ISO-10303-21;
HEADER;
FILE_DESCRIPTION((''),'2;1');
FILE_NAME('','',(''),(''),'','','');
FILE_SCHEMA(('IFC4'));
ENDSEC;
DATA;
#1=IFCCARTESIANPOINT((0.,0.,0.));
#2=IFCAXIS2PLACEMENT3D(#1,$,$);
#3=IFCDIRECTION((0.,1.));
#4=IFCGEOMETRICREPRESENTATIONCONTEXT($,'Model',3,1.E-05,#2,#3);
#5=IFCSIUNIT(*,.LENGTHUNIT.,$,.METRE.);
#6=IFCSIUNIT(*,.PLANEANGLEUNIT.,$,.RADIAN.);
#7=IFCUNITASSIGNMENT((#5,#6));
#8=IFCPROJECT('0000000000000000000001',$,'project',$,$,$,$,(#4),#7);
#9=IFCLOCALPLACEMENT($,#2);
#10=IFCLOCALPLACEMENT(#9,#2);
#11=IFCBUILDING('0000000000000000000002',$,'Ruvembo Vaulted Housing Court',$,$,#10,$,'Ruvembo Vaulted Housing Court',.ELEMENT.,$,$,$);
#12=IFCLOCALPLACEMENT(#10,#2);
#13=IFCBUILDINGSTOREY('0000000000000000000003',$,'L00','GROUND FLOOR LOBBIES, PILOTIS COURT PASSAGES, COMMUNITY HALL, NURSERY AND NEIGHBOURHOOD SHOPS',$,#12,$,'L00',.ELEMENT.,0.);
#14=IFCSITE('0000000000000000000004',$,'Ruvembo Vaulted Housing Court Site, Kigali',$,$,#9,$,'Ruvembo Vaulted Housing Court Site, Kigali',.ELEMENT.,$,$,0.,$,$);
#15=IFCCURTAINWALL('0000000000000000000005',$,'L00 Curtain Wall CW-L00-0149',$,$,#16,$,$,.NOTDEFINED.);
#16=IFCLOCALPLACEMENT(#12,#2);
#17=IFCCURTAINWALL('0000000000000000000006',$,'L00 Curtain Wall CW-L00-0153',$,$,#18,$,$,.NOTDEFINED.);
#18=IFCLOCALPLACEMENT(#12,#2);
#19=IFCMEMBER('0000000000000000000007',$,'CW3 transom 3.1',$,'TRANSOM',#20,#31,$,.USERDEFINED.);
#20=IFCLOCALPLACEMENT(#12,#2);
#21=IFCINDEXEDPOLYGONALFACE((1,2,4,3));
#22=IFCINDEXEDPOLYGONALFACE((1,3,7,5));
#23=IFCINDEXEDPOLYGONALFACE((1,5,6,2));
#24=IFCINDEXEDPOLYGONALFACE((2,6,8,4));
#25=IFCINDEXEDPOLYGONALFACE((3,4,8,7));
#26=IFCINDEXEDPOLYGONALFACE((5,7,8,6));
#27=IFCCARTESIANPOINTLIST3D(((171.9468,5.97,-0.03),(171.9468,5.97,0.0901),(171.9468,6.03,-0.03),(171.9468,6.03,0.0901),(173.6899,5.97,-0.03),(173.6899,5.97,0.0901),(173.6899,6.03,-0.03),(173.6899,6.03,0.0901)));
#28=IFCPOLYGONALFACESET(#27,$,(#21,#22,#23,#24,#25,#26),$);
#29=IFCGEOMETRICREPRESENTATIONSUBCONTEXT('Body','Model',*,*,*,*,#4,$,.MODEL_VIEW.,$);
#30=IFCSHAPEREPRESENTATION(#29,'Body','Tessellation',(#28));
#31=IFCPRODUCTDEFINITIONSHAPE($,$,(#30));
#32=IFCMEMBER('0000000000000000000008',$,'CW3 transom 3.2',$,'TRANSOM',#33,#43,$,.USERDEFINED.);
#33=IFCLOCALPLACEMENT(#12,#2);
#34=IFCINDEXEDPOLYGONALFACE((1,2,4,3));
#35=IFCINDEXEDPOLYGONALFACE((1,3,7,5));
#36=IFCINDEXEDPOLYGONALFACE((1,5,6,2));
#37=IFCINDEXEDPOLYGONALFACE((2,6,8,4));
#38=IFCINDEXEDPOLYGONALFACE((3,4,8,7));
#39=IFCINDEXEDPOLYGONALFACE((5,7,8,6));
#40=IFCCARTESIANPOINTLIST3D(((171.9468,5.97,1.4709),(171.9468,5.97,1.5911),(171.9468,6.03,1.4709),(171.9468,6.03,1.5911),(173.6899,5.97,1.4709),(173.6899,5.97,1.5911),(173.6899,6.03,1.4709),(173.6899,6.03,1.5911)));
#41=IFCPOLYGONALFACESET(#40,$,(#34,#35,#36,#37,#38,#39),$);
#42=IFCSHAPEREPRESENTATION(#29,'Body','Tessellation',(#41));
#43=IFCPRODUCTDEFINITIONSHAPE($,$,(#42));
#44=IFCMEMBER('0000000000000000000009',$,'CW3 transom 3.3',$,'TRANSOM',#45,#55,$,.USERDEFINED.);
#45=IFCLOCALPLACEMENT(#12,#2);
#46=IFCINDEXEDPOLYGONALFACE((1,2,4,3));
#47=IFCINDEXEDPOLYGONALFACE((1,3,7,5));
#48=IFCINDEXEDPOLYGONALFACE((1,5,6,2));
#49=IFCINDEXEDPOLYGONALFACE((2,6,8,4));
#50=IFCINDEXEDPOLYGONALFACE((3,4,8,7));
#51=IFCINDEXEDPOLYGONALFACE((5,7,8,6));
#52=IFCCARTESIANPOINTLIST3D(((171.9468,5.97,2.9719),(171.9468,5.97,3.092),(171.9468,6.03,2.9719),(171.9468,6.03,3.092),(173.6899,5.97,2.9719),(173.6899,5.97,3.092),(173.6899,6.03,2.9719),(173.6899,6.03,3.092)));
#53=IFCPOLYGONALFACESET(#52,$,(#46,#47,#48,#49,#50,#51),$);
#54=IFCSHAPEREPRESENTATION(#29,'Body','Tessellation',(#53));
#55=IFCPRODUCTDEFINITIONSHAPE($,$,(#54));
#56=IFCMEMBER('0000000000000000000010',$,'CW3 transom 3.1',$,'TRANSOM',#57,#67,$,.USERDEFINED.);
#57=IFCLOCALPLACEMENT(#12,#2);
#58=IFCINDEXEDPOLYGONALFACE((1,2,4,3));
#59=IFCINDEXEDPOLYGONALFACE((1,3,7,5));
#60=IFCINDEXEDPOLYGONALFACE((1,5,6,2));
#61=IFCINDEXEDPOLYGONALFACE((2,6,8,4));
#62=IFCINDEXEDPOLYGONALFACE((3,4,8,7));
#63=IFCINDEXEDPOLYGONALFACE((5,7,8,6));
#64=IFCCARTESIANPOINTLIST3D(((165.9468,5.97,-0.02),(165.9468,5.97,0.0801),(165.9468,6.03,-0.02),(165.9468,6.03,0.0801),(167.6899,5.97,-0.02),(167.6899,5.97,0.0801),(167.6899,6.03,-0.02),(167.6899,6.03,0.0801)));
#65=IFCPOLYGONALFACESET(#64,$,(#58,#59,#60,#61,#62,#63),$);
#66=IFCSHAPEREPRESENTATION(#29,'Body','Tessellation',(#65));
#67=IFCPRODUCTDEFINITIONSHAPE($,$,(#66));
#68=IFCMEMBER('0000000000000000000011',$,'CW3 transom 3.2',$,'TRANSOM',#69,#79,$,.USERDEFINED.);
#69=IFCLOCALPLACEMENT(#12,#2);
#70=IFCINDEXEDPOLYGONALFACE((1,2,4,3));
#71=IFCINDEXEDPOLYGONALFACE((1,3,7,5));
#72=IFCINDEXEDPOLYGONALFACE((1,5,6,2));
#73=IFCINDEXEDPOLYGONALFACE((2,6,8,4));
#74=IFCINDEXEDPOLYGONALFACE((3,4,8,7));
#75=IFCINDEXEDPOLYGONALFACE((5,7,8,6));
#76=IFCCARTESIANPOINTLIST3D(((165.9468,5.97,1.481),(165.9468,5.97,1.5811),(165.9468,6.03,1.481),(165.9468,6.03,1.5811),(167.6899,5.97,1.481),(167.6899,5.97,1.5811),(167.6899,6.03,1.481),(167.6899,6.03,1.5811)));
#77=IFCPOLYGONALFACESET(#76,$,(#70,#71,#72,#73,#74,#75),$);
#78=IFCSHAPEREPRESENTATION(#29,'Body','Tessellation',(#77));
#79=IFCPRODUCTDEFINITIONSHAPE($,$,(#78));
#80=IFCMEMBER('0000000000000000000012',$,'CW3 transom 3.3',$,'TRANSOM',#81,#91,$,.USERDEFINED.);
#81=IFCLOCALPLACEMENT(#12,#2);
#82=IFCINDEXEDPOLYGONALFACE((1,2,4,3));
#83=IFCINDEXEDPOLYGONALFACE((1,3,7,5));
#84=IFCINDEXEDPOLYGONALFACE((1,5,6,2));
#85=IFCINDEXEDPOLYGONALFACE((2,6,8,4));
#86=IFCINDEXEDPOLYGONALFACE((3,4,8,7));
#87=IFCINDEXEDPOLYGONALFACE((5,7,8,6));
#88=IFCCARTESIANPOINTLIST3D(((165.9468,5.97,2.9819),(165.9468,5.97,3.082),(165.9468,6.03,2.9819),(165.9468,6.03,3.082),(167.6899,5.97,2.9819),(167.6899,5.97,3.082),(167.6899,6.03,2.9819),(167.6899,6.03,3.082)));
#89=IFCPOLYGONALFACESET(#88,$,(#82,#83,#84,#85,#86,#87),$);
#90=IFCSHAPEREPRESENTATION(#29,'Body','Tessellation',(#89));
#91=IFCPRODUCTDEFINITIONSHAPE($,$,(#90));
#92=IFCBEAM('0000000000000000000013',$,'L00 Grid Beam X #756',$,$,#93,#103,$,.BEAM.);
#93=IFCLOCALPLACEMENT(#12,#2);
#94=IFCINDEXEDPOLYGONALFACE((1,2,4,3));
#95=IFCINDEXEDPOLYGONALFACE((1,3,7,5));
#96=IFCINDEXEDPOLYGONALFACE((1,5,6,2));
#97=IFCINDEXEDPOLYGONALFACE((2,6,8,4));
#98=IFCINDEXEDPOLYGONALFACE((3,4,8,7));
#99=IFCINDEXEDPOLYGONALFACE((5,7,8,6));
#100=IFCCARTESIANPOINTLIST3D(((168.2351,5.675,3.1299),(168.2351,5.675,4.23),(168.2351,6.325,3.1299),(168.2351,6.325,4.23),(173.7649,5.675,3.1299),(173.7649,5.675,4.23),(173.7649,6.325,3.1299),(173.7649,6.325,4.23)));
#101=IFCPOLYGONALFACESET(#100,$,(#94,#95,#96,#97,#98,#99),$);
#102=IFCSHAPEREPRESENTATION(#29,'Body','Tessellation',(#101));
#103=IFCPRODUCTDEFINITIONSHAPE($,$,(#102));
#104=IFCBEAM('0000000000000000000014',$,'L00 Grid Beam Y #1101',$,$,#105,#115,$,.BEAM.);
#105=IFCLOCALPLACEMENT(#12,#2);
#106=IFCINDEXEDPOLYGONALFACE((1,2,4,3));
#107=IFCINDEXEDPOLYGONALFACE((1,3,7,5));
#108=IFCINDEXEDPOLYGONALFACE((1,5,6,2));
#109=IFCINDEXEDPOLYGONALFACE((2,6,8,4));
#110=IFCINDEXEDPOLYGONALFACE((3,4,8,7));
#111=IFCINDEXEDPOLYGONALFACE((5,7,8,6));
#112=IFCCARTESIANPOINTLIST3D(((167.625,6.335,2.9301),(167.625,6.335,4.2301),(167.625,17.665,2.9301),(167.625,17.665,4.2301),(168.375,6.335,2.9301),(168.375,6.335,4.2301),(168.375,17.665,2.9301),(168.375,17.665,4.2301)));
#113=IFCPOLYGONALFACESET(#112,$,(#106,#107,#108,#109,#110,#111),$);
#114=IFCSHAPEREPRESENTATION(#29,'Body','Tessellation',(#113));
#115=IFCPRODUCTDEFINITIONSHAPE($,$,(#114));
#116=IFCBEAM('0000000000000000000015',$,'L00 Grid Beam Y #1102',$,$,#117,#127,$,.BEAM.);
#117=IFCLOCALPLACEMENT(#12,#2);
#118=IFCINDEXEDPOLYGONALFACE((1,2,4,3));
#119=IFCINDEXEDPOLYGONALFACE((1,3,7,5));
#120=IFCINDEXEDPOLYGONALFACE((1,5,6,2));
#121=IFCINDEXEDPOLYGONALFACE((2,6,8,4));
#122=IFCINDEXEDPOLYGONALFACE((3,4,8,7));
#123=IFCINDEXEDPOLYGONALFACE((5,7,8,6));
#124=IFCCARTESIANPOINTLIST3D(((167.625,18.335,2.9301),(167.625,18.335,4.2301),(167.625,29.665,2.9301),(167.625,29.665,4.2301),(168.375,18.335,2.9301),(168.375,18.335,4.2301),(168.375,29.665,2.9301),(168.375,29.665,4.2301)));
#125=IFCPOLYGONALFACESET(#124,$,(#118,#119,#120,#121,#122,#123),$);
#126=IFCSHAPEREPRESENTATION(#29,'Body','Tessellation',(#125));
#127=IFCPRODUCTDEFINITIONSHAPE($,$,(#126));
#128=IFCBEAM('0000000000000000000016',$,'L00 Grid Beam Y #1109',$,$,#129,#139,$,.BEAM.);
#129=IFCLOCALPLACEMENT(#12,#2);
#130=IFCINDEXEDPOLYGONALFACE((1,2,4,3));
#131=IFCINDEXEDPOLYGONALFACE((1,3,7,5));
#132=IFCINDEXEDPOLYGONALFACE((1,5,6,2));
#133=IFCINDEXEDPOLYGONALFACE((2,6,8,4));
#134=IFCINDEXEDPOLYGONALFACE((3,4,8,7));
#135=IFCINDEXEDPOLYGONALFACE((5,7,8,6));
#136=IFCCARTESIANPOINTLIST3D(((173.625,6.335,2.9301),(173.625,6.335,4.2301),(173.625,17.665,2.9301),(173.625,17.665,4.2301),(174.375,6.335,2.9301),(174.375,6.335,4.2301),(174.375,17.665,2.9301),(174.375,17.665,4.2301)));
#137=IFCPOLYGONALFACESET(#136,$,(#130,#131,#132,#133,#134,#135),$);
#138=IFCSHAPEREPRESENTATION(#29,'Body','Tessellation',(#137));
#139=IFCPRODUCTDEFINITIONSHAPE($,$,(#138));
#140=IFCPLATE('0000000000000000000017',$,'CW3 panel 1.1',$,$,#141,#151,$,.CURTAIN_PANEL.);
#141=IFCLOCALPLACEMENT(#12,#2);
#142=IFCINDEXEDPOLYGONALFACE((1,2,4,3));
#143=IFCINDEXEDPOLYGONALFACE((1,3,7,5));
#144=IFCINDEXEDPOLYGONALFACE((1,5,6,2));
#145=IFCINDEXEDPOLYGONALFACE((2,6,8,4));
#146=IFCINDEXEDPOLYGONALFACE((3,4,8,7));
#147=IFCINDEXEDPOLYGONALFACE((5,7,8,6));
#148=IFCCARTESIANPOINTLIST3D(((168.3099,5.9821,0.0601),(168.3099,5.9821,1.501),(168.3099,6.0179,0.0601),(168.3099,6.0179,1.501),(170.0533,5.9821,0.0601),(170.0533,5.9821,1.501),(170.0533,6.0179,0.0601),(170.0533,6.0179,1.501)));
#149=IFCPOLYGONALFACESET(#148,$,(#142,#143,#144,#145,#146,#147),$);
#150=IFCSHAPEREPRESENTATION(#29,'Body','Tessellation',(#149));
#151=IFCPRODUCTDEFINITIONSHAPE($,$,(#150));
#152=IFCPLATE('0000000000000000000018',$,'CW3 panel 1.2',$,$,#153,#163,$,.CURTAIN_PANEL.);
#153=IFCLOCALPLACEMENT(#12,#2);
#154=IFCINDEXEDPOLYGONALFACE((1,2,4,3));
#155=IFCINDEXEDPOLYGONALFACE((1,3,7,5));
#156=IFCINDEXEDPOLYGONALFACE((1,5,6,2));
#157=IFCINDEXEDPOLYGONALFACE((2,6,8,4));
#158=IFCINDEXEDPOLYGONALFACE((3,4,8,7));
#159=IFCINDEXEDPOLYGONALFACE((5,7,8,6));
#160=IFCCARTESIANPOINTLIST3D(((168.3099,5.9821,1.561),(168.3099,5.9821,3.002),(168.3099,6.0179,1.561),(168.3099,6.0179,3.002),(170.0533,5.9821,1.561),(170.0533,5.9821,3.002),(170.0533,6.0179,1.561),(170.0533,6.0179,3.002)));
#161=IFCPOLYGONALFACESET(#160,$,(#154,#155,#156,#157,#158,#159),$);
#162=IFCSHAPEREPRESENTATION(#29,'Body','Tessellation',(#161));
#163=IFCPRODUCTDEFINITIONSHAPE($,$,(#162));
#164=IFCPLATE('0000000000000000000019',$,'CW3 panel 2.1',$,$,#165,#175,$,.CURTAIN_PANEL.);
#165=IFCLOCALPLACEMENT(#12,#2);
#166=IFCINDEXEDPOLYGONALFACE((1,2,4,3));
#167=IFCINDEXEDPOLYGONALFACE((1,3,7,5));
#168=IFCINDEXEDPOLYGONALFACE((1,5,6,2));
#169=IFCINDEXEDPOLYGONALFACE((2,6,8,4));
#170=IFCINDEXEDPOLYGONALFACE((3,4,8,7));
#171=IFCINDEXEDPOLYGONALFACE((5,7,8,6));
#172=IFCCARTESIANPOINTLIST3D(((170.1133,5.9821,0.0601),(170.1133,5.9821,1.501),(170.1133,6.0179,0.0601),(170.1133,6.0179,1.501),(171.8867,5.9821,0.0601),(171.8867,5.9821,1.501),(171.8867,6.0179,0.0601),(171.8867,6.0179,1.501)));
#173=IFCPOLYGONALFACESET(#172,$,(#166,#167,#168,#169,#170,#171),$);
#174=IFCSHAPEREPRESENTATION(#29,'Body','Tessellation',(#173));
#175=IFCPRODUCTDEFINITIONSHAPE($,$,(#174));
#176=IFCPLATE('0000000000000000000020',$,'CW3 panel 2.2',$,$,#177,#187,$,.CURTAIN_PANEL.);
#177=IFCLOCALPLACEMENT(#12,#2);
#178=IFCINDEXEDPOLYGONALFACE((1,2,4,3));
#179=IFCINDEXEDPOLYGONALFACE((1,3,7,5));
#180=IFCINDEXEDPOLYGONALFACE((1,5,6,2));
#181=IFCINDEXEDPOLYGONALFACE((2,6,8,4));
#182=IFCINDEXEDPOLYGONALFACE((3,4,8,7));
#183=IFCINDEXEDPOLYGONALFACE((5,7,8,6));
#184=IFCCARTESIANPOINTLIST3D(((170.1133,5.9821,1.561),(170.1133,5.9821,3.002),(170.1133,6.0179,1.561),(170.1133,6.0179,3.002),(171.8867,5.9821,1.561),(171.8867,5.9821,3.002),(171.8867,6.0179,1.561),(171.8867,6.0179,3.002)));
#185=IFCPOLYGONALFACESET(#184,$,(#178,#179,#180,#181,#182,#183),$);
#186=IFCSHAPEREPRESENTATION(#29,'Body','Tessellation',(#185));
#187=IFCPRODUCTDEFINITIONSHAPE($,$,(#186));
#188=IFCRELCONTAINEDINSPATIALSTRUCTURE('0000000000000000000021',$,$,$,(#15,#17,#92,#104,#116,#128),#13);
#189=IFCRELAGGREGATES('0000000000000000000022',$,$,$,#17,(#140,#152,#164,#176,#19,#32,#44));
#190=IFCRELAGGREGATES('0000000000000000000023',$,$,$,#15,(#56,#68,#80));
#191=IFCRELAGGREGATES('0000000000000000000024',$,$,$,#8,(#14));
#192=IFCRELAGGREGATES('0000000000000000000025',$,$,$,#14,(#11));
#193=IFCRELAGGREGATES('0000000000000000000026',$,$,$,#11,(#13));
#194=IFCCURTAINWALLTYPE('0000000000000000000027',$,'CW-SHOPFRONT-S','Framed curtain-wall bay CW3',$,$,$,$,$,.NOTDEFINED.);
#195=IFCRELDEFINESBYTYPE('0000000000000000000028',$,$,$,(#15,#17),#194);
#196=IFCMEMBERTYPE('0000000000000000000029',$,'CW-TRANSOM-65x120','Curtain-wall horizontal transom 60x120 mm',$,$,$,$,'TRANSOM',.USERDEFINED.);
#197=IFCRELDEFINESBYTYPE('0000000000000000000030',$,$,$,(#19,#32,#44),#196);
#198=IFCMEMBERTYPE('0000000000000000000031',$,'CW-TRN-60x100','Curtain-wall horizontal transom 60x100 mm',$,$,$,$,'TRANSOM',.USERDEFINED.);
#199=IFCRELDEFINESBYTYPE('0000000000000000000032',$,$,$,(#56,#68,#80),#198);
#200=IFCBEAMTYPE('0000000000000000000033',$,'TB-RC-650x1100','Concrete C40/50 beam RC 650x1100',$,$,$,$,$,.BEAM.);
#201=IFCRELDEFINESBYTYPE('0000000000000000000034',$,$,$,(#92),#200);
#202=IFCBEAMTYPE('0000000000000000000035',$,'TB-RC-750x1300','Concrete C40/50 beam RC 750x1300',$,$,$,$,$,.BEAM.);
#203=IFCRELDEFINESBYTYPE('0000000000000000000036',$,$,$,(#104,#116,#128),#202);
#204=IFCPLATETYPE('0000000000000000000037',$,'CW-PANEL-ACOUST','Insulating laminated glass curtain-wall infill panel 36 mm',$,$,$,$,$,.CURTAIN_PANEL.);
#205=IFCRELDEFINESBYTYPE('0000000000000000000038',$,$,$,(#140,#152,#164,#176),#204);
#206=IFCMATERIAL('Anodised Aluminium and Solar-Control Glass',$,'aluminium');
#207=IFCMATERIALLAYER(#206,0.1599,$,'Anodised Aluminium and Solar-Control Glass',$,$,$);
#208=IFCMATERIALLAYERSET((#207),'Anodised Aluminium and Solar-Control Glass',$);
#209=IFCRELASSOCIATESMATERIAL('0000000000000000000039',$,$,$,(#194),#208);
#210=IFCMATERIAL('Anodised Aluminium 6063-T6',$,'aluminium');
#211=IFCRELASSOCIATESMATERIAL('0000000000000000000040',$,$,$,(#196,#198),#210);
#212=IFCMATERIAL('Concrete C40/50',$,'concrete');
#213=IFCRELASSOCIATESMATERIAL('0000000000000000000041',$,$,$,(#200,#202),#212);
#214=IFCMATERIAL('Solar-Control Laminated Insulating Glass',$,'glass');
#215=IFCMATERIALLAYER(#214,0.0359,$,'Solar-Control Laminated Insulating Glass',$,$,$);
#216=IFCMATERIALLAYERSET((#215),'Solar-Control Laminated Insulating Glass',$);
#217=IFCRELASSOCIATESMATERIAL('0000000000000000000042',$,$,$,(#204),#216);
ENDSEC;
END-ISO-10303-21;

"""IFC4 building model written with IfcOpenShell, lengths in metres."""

from ifc_helpers import new_model, si_unit, direction, frame, origin, origin_2d, place, context, subcontext, project, spatial, rectangle, extrude, material, layer, layer_set, material_profile, profile_set, type_object, element, aggregate, save


model = new_model("IFC4")

# Units and contexts
model_context = context("Model", 3, precision=1e-05, world=origin(), true_north=direction((0.0, 1.0)))
body_context = subcontext(model_context, "Body", "Model", "MODEL_VIEW")
ifc_project = project(units=[si_unit("LENGTHUNIT", "METRE"), si_unit("PLANEANGLEUNIT", "RADIAN")], contexts=[model_context])

# Site, building, storey
site_placement = place(None, origin())
site = spatial("IfcSite", under=ifc_project, at=site_placement, Name="Ruvembo Vaulted Housing Court Site, Kigali", LongName="Ruvembo Vaulted Housing Court Site, Kigali", CompositionType="ELEMENT", RefElevation=0.0)
building_placement = place(site_placement, origin())
building = spatial("IfcBuilding", under=site, at=building_placement, Name="Ruvembo Vaulted Housing Court", LongName="Ruvembo Vaulted Housing Court", CompositionType="ELEMENT")
storey_placement = place(building_placement, origin())
storey = spatial("IfcBuildingStorey", under=building, at=storey_placement, Name="L00", Description="GROUND FLOOR LOBBIES, PILOTIS COURT PASSAGES, COMMUNITY HALL, NURSERY AND NEIGHBOURHOOD SHOPS", LongName="L00", CompositionType="ELEMENT", Elevation=0.0)

# Curtain wall
ifc_material_1 = material(Name="Anodised Aluminium and Solar-Control Glass", Category="aluminium")
ifc_layer_1 = layer(ifc_material_1, 0.1599, Name="Anodised Aluminium and Solar-Control Glass")
ifc_layer_set_1 = layer_set([ifc_layer_1], Name="Anodised Aluminium and Solar-Control Glass")
curtain_wall_type = type_object("IfcCurtainWallType", Name="CW-SHOPFRONT-S", Description="Framed curtain-wall bay CW3", PredefinedType="NOTDEFINED", material=ifc_layer_set_1)
curtain_wall_1_placement = place(storey_placement, origin())
curtain_wall_1 = element("IfcCurtainWall", 1, at=curtain_wall_1_placement, inside=storey, type_object=curtain_wall_type, Name="L00 Curtain Wall CW-L00-0149", PredefinedType="NOTDEFINED")
ifc_material_2 = material(Name="Anodised Aluminium 6063-T6", Category="aluminium")

# Curtain wall, members
curtain_wall_2_placement = place(storey_placement, origin())
curtain_wall_2 = element("IfcCurtainWall", 2, at=curtain_wall_2_placement, inside=storey, type_object=curtain_wall_type, Name="L00 Curtain Wall CW-L00-0153", PredefinedType="NOTDEFINED")
ifc_material_profile_1 = material_profile(ifc_material_2, rectangle(XDim=0.0601, YDim=0.1201, at=origin_2d()), Name="ALU 60x120")
ifc_profile_set_1 = profile_set([ifc_material_profile_1], Name="Anodised Aluminium 6063-T6")
member_type_1 = type_object("IfcMemberType", Name="CW-TRANSOM-65x120", Description="Curtain-wall horizontal transom 60x120 mm", ElementType="TRANSOM", PredefinedType="USERDEFINED", material=ifc_profile_set_1)
member_1_placement = place(storey_placement, frame((171.9468, 6.0, 0.03), z_axis=(1.0, 0.0, 0.0), x_axis=(0.0, 1.0, 0.0)))
member_1 = element("IfcMember", 3, at=member_1_placement, type_object=member_type_1, Name="CW3 transom 3.1", ObjectType="TRANSOM", PredefinedType="USERDEFINED", context=body_context, shape_type="SweptSolid", body=[
    extrude(rectangle(XDim=0.0601, YDim=0.1201, at=origin_2d()), origin(), (0.0, 0.0, 1.0), 1.7432),
])
member_2_placement = place(storey_placement, frame((171.9468, 6.0, 1.531), z_axis=(1.0, 0.0, 0.0), x_axis=(0.0, 1.0, 0.0)))
member_2 = element("IfcMember", 4, at=member_2_placement, type_object=member_type_1, Name="CW3 transom 3.2", ObjectType="TRANSOM", PredefinedType="USERDEFINED", context=body_context, shape_type="SweptSolid", body=[
    extrude(rectangle(XDim=0.0601, YDim=0.1201, at=origin_2d()), origin(), (0.0, 0.0, 1.0), 1.7432),
])
member_3_placement = place(storey_placement, frame((171.9468, 6.0, 3.032), z_axis=(1.0, 0.0, 0.0), x_axis=(0.0, 1.0, 0.0)))
member_3 = element("IfcMember", 5, at=member_3_placement, type_object=member_type_1, Name="CW3 transom 3.3", ObjectType="TRANSOM", PredefinedType="USERDEFINED", context=body_context, shape_type="SweptSolid", body=[
    extrude(rectangle(XDim=0.0601, YDim=0.1201, at=origin_2d()), origin(), (0.0, 0.0, 1.0), 1.7432),
])

# Members
ifc_material_profile_2 = material_profile(ifc_material_2, rectangle(XDim=0.0601, YDim=0.1001, at=origin_2d()), Name="ALU 60x100")
ifc_profile_set_2 = profile_set([ifc_material_profile_2], Name="Anodised Aluminium 6063-T6")
member_type_2 = type_object("IfcMemberType", Name="CW-TRN-60x100", Description="Curtain-wall horizontal transom 60x100 mm", ElementType="TRANSOM", PredefinedType="USERDEFINED", material=ifc_profile_set_2)
member_4_placement = place(storey_placement, frame((165.9468, 6.0, 0.03), z_axis=(1.0, 0.0, 0.0), x_axis=(0.0, 1.0, 0.0)))
member_4 = element("IfcMember", 6, at=member_4_placement, type_object=member_type_2, Name="CW3 transom 3.1", ObjectType="TRANSOM", PredefinedType="USERDEFINED", context=body_context, shape_type="SweptSolid", body=[
    extrude(rectangle(XDim=0.0601, YDim=0.1001, at=origin_2d()), origin(), (0.0, 0.0, 1.0), 1.7432),
])
member_5_placement = place(storey_placement, frame((165.9468, 6.0, 1.531), z_axis=(1.0, 0.0, 0.0), x_axis=(0.0, 1.0, 0.0)))
member_5 = element("IfcMember", 7, at=member_5_placement, type_object=member_type_2, Name="CW3 transom 3.2", ObjectType="TRANSOM", PredefinedType="USERDEFINED", context=body_context, shape_type="SweptSolid", body=[
    extrude(rectangle(XDim=0.0601, YDim=0.1001, at=origin_2d()), origin(), (0.0, 0.0, 1.0), 1.7432),
])
member_6_placement = place(storey_placement, frame((165.9468, 6.0, 3.032), z_axis=(1.0, 0.0, 0.0), x_axis=(0.0, 1.0, 0.0)))
member_6 = element("IfcMember", 8, at=member_6_placement, type_object=member_type_2, Name="CW3 transom 3.3", ObjectType="TRANSOM", PredefinedType="USERDEFINED", context=body_context, shape_type="SweptSolid", body=[
    extrude(rectangle(XDim=0.0601, YDim=0.1001, at=origin_2d()), origin(), (0.0, 0.0, 1.0), 1.7432),
])

# Beams
ifc_material_3 = material(Name="Concrete C40/50", Category="concrete")
ifc_material_profile_3 = material_profile(ifc_material_3, rectangle(XDim=0.6499, YDim=1.1001, at=origin_2d()), Name="RC 650x1100")
ifc_profile_set_3 = profile_set([ifc_material_profile_3], Name="Concrete C40/50")
beam_type_1 = type_object("IfcBeamType", Name="TB-RC-650x1100", Description="Concrete C40/50 beam RC 650x1100", PredefinedType="BEAM", material=ifc_profile_set_3)
beam_1_placement = place(storey_placement, frame((168.2351, 6.0, 3.6799), z_axis=(1.0, 0.0, 0.0), x_axis=(0.0, 1.0, 0.0)))
element("IfcBeam", 9, at=beam_1_placement, inside=storey, type_object=beam_type_1, Name="L00 Grid Beam X #756", PredefinedType="BEAM", context=body_context, shape_type="SweptSolid", body=[
    extrude(rectangle(XDim=0.6499, YDim=1.1001, at=origin_2d()), origin(), (0.0, 0.0, 1.0), 5.5298),
])
ifc_material_profile_4 = material_profile(ifc_material_3, rectangle(XDim=0.75, YDim=1.3, at=origin_2d()), Name="RC 750x1300")
ifc_profile_set_4 = profile_set([ifc_material_profile_4], Name="Concrete C40/50")
beam_type_2 = type_object("IfcBeamType", Name="TB-RC-750x1300", Description="Concrete C40/50 beam RC 750x1300", PredefinedType="BEAM", material=ifc_profile_set_4)
for number, where, z_axis, x_axis, name in (
    (10, (168.0, 6.335, 3.5801), (0.0, 1.0, 0.0), (-1.0, 0.0, 0.0), "L00 Grid Beam Y #1101"),
    (11, (168.0, 18.335, 3.5801), (0.0, 1.0, 0.0), (-1.0, 0.0, 0.0), "L00 Grid Beam Y #1102"),
    (12, (174.0, 6.335, 3.5801), (0.0, 1.0, 0.0), (-1.0, 0.0, 0.0), "L00 Grid Beam Y #1109"),
):
    element("IfcBeam", number, at=place(storey_placement, frame(where, z_axis=z_axis, x_axis=x_axis)), inside=storey, type_object=beam_type_2, Name=name, PredefinedType="BEAM", context=body_context, shape_type="SweptSolid", body=[
        extrude(rectangle(XDim=0.75, YDim=1.3, at=origin_2d()), origin(), (0.0, 0.0, 1.0), 11.3301),
    ])

# Plates
ifc_material_4 = material(Name="Solar-Control Laminated Insulating Glass", Category="glass")
ifc_layer_2 = layer(ifc_material_4, 0.0359, Name="Solar-Control Laminated Insulating Glass")
ifc_layer_set_2 = layer_set([ifc_layer_2], Name="Solar-Control Laminated Insulating Glass")
plate_type_1 = type_object("IfcPlateType", Name="CW-PANEL-ACOUST", Description="Insulating laminated glass curtain-wall infill panel 36 mm", PredefinedType="CURTAIN_PANEL", material=ifc_layer_set_2)
plate_1_placement = place(storey_placement, frame((169.1816, 6.0, 0.0601), z_axis=(0.0, 0.0, 1.0), x_axis=(1.0, 0.0, 0.0)))
plate_1 = element("IfcPlate", 13, at=plate_1_placement, type_object=plate_type_1, Name="CW3 panel 1.1", PredefinedType="CURTAIN_PANEL", context=body_context, shape_type="SweptSolid", body=[
    extrude(rectangle(XDim=1.7434, YDim=0.0359, at=origin_2d()), origin(), (0.0, 0.0, 1.0), 1.4409),
])
plate_2_placement = place(storey_placement, frame((169.1816, 6.0, 1.561), z_axis=(0.0, 0.0, 1.0), x_axis=(1.0, 0.0, 0.0)))
plate_2 = element("IfcPlate", 14, at=plate_2_placement, type_object=plate_type_1, Name="CW3 panel 1.2", PredefinedType="CURTAIN_PANEL", context=body_context, shape_type="SweptSolid", body=[
    extrude(rectangle(XDim=1.7434, YDim=0.0359, at=origin_2d()), origin(), (0.0, 0.0, 1.0), 1.4409),
])
plate_3_placement = place(storey_placement, frame((171.0, 6.0, 0.0601), z_axis=(0.0, 0.0, 1.0), x_axis=(1.0, 0.0, 0.0)))
plate_3 = element("IfcPlate", 15, at=plate_3_placement, type_object=plate_type_1, Name="CW3 panel 2.1", PredefinedType="CURTAIN_PANEL", context=body_context, shape_type="SweptSolid", body=[
    extrude(rectangle(XDim=1.7734, YDim=0.0359, at=origin_2d()), origin(), (0.0, 0.0, 1.0), 1.4409),
])
plate_4_placement = place(storey_placement, frame((171.0, 6.0, 1.561), z_axis=(0.0, 0.0, 1.0), x_axis=(1.0, 0.0, 0.0)))
plate_4 = element("IfcPlate", 16, at=plate_4_placement, type_object=plate_type_1, Name="CW3 panel 2.2", PredefinedType="CURTAIN_PANEL", context=body_context, shape_type="SweptSolid", body=[
    extrude(rectangle(XDim=1.7734, YDim=0.0359, at=origin_2d()), origin(), (0.0, 0.0, 1.0), 1.4409),
])
aggregate(curtain_wall_2, [plate_1, plate_2, plate_3, plate_4, member_1, member_2, member_3])
aggregate(curtain_wall_1, [member_4, member_5, member_6])

save(model, "model.ifc")
